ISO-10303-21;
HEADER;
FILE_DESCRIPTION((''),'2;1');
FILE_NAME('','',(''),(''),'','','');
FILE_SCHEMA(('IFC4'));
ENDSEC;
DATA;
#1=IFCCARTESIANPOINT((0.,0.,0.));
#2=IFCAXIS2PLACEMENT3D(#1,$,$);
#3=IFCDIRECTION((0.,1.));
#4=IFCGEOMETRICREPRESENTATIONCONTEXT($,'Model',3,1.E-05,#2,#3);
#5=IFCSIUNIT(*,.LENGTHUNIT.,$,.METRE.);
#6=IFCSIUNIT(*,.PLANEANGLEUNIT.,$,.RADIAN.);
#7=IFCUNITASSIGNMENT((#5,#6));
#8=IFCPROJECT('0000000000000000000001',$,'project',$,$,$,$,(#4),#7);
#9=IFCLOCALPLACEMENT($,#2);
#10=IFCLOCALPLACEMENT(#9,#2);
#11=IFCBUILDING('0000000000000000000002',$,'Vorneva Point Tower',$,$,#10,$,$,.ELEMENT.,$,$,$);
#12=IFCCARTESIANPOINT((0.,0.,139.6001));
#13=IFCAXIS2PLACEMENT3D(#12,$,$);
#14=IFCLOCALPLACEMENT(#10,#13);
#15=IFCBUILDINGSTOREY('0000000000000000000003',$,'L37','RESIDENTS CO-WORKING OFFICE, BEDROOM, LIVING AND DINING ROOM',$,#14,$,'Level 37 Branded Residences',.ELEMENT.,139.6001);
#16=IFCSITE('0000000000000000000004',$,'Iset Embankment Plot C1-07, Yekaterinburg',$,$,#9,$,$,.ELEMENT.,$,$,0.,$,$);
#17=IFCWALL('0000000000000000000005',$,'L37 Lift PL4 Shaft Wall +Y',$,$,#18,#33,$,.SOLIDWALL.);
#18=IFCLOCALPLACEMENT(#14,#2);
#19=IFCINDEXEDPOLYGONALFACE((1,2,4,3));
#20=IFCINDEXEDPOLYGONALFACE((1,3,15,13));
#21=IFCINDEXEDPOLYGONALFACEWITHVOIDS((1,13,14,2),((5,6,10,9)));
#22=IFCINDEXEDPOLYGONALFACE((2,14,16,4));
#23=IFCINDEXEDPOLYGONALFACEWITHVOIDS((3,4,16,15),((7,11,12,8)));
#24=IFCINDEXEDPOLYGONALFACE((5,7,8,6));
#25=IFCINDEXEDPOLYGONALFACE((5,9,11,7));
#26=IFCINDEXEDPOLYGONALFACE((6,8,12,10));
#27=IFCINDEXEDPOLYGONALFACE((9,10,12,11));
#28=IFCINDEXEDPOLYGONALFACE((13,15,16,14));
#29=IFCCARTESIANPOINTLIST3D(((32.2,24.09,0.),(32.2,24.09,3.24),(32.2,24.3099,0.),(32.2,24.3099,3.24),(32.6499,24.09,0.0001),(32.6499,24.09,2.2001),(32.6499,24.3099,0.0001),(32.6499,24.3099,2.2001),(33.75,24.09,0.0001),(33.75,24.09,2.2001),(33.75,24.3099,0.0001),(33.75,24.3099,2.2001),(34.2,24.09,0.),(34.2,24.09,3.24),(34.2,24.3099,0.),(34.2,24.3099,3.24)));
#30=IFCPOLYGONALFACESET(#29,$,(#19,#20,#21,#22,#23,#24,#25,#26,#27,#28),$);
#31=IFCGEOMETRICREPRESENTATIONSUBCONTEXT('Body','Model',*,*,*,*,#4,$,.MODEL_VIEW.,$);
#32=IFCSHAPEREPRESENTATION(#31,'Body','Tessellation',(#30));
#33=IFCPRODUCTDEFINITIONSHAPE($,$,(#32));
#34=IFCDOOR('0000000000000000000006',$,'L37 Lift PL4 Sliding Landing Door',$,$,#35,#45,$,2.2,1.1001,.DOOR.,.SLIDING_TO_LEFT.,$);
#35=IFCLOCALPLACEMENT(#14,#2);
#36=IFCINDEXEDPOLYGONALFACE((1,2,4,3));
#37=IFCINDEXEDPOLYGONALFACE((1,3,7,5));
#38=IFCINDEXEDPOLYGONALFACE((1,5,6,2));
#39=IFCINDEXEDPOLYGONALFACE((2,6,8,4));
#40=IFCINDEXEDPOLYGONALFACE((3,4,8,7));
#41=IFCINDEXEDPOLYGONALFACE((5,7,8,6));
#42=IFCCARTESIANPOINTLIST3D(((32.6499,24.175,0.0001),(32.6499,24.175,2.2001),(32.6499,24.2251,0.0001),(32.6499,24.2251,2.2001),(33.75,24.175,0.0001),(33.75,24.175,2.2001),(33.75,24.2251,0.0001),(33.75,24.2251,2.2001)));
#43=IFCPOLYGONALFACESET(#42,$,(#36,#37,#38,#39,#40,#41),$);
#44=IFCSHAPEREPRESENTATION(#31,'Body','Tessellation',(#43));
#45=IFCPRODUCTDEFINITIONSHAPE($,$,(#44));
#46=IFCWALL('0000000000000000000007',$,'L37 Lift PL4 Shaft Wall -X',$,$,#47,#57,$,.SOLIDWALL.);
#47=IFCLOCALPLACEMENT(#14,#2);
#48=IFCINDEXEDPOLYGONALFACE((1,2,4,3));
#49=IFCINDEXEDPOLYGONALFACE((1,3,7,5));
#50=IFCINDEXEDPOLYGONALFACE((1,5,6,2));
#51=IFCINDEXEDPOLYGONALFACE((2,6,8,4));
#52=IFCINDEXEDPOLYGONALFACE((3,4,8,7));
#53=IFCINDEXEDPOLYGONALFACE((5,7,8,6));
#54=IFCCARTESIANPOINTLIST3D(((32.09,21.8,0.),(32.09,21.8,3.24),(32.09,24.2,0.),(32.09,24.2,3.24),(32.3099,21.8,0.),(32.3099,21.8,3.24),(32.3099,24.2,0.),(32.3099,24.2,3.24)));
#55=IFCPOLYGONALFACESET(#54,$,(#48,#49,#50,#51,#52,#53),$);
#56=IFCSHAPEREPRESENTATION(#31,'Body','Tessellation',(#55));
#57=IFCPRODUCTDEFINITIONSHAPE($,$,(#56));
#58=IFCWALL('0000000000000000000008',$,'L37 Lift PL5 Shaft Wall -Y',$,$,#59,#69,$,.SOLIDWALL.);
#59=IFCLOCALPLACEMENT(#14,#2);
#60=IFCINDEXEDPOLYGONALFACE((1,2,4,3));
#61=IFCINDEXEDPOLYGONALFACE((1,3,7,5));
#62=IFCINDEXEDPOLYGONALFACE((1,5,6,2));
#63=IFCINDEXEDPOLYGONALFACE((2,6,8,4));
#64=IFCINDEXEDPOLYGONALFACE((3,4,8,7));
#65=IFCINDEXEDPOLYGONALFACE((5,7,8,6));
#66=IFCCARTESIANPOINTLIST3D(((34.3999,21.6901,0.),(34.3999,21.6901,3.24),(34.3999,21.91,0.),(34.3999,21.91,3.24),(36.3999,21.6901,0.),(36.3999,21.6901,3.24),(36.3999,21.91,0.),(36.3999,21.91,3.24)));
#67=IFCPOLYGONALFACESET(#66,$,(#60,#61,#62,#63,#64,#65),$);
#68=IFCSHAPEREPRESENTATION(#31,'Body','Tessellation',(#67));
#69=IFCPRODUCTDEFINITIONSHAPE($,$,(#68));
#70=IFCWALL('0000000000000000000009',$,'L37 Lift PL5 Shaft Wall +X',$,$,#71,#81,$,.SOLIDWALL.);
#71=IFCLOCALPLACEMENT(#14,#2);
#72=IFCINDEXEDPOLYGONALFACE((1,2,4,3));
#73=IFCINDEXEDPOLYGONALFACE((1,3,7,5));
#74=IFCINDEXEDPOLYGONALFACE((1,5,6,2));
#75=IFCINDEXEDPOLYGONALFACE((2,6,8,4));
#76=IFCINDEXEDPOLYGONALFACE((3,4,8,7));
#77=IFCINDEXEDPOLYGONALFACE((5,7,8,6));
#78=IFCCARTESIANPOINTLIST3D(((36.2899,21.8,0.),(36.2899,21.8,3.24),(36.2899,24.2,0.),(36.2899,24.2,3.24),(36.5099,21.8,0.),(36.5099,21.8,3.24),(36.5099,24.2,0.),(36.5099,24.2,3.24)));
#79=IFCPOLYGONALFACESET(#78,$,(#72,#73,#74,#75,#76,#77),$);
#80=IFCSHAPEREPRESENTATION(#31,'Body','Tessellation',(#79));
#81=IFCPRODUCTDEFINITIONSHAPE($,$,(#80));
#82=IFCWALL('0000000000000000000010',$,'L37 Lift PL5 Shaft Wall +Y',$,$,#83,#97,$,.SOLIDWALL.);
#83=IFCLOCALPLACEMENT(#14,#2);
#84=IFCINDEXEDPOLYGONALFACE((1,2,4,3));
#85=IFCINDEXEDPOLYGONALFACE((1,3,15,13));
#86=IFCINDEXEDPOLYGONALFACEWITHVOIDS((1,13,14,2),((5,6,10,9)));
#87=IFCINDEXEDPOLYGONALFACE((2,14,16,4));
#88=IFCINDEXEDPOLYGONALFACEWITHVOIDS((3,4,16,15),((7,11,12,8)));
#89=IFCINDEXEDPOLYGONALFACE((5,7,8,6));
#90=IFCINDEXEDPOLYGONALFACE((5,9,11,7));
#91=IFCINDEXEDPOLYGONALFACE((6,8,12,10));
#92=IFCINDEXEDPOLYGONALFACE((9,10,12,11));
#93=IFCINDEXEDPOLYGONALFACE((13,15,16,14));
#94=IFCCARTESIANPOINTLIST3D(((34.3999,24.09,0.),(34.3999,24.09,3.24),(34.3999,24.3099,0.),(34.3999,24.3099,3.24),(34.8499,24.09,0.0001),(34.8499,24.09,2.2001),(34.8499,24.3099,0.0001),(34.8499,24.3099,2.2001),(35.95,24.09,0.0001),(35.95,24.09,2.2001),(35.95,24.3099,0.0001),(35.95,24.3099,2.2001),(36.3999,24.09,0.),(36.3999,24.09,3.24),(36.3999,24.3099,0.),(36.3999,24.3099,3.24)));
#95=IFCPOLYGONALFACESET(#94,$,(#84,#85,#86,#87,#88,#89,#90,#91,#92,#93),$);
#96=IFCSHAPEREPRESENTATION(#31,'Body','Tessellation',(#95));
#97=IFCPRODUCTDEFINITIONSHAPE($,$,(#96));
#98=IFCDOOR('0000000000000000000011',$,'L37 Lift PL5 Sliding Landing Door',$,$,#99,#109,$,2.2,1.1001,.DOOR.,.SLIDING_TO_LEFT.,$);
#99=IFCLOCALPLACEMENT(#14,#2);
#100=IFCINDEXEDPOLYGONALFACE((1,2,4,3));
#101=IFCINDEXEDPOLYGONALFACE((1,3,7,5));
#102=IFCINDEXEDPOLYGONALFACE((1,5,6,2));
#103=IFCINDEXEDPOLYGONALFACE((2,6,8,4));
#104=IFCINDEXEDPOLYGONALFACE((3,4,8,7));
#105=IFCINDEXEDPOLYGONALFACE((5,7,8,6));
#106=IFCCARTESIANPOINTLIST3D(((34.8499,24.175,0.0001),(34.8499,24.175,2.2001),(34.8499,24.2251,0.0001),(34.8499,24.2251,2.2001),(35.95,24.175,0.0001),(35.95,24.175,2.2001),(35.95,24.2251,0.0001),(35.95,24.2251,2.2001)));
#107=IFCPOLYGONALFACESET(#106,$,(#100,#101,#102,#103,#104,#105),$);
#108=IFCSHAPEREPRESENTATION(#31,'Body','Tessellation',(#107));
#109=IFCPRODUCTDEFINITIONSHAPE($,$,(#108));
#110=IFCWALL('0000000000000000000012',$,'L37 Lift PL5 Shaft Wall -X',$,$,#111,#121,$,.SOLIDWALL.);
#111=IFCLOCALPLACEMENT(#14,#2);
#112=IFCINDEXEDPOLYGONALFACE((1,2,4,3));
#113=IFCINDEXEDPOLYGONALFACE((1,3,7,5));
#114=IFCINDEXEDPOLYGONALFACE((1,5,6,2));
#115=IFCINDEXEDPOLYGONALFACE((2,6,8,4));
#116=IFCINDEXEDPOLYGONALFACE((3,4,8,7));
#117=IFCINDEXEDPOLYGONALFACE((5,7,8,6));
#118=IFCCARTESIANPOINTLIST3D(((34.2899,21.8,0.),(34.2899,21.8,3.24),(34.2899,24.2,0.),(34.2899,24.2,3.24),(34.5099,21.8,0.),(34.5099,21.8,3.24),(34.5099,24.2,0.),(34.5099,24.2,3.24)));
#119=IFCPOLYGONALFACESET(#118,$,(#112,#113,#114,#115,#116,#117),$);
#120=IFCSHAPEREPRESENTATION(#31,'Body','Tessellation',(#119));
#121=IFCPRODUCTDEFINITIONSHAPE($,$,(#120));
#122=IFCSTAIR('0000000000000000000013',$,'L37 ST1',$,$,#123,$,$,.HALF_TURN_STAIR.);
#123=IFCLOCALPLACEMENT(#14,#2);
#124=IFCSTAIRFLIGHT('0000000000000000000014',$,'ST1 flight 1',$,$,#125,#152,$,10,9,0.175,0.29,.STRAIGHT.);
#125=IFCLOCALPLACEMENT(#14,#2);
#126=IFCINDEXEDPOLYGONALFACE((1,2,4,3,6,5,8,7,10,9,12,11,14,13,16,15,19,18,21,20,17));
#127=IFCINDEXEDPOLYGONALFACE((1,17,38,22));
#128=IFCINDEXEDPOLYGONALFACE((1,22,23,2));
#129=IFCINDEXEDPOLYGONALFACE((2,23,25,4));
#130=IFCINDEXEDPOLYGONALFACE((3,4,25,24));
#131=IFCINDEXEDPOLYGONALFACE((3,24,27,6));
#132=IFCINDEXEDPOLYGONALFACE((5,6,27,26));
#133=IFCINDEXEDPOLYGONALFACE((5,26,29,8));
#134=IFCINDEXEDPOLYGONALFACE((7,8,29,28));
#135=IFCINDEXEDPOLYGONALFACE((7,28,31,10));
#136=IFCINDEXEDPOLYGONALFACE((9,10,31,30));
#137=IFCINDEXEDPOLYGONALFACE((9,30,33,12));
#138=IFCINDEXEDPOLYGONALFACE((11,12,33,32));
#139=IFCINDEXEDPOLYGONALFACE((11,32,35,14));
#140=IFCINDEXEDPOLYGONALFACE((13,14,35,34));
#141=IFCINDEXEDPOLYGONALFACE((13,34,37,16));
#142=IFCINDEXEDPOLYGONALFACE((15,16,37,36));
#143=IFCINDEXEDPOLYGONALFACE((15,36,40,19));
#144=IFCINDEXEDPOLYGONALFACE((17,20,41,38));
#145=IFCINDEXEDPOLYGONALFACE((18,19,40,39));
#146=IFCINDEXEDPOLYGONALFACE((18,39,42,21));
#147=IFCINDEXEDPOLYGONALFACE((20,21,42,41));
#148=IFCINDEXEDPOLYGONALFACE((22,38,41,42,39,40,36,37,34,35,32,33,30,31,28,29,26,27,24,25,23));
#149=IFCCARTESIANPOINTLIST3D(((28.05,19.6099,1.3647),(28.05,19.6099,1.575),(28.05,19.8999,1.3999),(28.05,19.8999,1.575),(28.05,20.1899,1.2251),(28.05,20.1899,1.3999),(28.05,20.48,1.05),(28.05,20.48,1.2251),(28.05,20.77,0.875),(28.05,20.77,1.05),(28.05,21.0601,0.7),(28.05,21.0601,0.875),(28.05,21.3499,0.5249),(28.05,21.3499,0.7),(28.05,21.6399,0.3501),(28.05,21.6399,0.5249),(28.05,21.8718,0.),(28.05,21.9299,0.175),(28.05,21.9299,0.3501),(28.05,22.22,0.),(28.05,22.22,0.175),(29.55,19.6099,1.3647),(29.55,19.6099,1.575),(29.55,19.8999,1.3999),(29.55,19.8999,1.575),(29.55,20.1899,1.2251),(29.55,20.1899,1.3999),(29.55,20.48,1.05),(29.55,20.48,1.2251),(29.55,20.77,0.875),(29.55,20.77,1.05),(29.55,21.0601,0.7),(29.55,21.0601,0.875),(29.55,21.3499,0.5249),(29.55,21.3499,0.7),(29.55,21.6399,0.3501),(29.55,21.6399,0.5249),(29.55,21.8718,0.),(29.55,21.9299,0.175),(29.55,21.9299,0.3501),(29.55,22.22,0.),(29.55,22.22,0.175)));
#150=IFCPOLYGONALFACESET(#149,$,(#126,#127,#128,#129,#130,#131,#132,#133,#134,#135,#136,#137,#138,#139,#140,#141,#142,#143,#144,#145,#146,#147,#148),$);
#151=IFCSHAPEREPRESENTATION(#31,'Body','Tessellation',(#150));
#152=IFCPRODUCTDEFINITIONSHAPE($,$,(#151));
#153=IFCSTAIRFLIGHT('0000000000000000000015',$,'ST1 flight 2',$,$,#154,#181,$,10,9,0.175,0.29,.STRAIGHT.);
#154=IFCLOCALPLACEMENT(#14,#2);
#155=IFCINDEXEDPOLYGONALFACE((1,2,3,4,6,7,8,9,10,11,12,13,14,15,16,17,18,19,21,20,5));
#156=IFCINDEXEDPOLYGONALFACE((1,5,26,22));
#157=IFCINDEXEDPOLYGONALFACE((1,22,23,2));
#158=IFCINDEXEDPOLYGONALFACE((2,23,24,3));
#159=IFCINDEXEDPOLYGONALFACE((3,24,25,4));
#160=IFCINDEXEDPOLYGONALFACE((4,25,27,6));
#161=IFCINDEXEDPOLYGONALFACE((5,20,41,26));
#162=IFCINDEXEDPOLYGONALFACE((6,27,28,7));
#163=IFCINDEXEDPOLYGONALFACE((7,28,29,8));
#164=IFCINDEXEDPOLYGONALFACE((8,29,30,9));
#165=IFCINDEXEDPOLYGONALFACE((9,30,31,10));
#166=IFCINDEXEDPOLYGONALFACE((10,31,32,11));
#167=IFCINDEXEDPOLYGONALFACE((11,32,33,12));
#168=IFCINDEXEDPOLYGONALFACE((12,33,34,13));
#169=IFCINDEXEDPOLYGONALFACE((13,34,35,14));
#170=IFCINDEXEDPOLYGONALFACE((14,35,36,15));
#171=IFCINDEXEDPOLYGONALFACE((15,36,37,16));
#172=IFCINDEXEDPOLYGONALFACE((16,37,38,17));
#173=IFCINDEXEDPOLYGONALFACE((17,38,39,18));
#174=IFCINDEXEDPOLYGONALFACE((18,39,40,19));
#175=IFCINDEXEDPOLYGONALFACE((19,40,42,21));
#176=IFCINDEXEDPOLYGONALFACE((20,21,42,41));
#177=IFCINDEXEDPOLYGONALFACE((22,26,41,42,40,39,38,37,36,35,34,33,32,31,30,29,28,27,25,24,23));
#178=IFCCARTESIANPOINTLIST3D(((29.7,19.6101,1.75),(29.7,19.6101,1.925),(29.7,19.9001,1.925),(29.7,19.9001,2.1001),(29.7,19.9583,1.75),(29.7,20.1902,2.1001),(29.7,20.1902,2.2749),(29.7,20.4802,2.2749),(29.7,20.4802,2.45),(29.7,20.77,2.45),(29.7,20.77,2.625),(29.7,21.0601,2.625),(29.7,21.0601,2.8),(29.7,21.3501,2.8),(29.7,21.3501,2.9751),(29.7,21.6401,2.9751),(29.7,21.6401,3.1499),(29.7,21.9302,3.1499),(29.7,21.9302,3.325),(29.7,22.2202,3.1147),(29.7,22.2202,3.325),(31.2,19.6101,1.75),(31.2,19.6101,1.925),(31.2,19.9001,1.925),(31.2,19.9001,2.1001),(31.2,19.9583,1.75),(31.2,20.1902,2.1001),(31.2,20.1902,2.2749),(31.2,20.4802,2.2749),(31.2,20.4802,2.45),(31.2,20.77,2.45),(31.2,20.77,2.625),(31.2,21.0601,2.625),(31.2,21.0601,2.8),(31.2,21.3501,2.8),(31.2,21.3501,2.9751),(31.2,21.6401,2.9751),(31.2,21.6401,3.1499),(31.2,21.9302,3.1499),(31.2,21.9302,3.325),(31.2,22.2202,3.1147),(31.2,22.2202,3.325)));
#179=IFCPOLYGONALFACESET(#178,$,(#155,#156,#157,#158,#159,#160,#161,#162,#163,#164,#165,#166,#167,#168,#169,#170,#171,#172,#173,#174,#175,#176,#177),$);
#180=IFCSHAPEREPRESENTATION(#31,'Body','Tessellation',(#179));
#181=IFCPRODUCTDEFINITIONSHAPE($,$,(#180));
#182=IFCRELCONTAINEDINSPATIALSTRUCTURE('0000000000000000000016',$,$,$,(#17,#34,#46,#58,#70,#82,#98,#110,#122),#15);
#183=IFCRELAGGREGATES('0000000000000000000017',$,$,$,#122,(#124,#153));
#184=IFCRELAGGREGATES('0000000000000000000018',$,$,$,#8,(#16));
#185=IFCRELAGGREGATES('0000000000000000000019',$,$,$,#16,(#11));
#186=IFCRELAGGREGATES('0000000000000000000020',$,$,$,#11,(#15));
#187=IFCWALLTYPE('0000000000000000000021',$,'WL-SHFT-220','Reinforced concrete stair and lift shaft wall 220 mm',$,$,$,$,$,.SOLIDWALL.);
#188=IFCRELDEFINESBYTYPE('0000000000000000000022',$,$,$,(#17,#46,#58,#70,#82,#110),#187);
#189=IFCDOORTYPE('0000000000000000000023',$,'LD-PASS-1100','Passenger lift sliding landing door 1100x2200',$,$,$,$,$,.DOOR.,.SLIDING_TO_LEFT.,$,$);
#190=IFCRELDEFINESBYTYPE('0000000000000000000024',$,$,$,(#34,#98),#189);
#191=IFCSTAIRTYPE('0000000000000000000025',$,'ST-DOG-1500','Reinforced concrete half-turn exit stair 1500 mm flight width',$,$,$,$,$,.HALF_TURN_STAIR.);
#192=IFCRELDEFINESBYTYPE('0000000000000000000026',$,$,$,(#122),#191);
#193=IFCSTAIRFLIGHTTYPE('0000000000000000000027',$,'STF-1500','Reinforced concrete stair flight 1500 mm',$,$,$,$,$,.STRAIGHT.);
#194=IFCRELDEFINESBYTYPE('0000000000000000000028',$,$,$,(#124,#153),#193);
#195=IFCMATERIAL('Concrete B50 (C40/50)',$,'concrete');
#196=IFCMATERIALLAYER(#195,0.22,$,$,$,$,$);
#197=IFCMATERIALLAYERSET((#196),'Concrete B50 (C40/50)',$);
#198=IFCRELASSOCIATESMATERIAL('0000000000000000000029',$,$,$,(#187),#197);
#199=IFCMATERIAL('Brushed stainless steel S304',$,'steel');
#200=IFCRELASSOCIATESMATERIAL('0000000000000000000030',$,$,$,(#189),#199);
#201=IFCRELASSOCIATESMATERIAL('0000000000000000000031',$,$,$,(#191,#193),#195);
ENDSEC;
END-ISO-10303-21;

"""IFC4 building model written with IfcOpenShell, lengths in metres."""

from ifc_helpers import new_model, si_unit, direction, frame, frame_2d, origin, place, context, subcontext, project, spatial, polyline, rectangle, outline, extrude, material, layer, layer_set, type_object, element, fill, aggregate, save


model = new_model("IFC4")

# Units and contexts
model_context = context("Model", 3, precision=1e-05, world=origin(), true_north=direction((0.0, 1.0)))
body_context = subcontext(model_context, "Body", "Model", "MODEL_VIEW")
ifc_project = project(units=[si_unit("LENGTHUNIT", "METRE"), si_unit("PLANEANGLEUNIT", "RADIAN")], contexts=[model_context])

# Site, building, storey
site_placement = place(None, origin())
site = spatial("IfcSite", under=ifc_project, at=site_placement, Name="Iset Embankment Plot C1-07, Yekaterinburg", CompositionType="ELEMENT", RefElevation=0.0)
building_placement = place(site_placement, origin())
building = spatial("IfcBuilding", under=site, at=building_placement, Name="Vorneva Point Tower", CompositionType="ELEMENT")
storey_placement = place(building_placement, frame((0.0, 0.0, 139.6001)))
storey = spatial("IfcBuildingStorey", under=building, at=storey_placement, Name="L37", Description="RESIDENTS CO-WORKING OFFICE, BEDROOM, LIVING AND DINING ROOM", LongName="Level 37 Branded Residences", CompositionType="ELEMENT", Elevation=139.6001)

# Shared definitions
ifc_material_1 = material(Name="Concrete B50 (C40/50)", Category="concrete")
ifc_layer_1 = layer(ifc_material_1, 0.22)
ifc_layer_set_1 = layer_set([ifc_layer_1], Name="Concrete B50 (C40/50)")
wall_type_1 = type_object("IfcWallType", Name="WL-SHFT-220", Description="Reinforced concrete stair and lift shaft wall 220 mm", PredefinedType="SOLIDWALL", material=ifc_layer_set_1)

# Wall, opening, door
wall_1_placement = place(storey_placement, frame((34.2, 24.2, 0.0), z_axis=(0.0, 0.0, 1.0), x_axis=(-1.0, 0.0, 0.0)))
wall_1 = element("IfcWall", 1, at=wall_1_placement, inside=storey, type_object=wall_type_1, Name="L37 Lift PL4 Shaft Wall +Y", PredefinedType="SOLIDWALL", context=body_context, shape_type="SweptSolid", body=[
    extrude(rectangle(XDim=2.0, YDim=0.22, at=frame_2d((1.0, 0.0))), origin(), (0.0, 0.0, 1.0), 3.24),
])
opening_1_placement = place(wall_1_placement, frame((0.45, 0.0, 0.0)))
opening_1 = element("IfcOpeningElement", 2, at=opening_1_placement, cuts=wall_1, PredefinedType="OPENING", context=body_context, shape_type="SweptSolid", body=[
    extrude(rectangle(XDim=1.1001, YDim=2.2, at=frame_2d((0.55, 1.1001))), frame((0.0, 0.125, 0.0), z_axis=(0.0, -1.0, 0.0), x_axis=(1.0, 0.0, 0.0)), (0.0, 0.0, 1.0), 0.2498),
])
ifc_material_2 = material(Name="Brushed stainless steel S304", Category="steel")
door_type_1 = type_object("IfcDoorType", Name="LD-PASS-1100", Description="Passenger lift sliding landing door 1100x2200", OperationType="SLIDING_TO_LEFT", PredefinedType="DOOR", material=ifc_material_2)
door_1_placement = place(opening_1_placement, origin())
door_1 = element("IfcDoor", 3, at=door_1_placement, inside=storey, type_object=door_type_1, Name="L37 Lift PL4 Sliding Landing Door", OperationType="SLIDING_TO_LEFT", OverallHeight=2.2, OverallWidth=1.1001, PredefinedType="DOOR", context=body_context, shape_type="SweptSolid", body=[
    extrude(rectangle(XDim=1.1001, YDim=2.2, at=frame_2d((0.55, 1.1001))), frame((0.0, 0.0249, 0.0), z_axis=(0.0, -1.0, 0.0), x_axis=(1.0, 0.0, 0.0)), (0.0, 0.0, 1.0), 0.05),
])
fill(opening_1, door_1)

# Walls
wall_2_placement = place(storey_placement, frame((32.2, 24.2, 0.0), z_axis=(0.0, 0.0, 1.0), x_axis=(0.0, -1.0, 0.0)))
element("IfcWall", 4, at=wall_2_placement, inside=storey, type_object=wall_type_1, Name="L37 Lift PL4 Shaft Wall -X", PredefinedType="SOLIDWALL", context=body_context, shape_type="SweptSolid", body=[
    extrude(rectangle(XDim=2.3999, YDim=0.22, at=frame_2d((1.2, 0.0))), origin(), (0.0, 0.0, 1.0), 3.24),
])
wall_3_placement = place(storey_placement, frame((34.3999, 21.8, 0.0), z_axis=(0.0, 0.0, 1.0), x_axis=(1.0, 0.0, 0.0)))
element("IfcWall", 5, at=wall_3_placement, inside=storey, type_object=wall_type_1, Name="L37 Lift PL5 Shaft Wall -Y", PredefinedType="SOLIDWALL", context=body_context, shape_type="SweptSolid", body=[
    extrude(rectangle(XDim=2.0, YDim=0.22, at=frame_2d((1.0, 0.0))), origin(), (0.0, 0.0, 1.0), 3.24),
])
wall_4_placement = place(storey_placement, frame((36.3999, 21.8, 0.0), z_axis=(0.0, 0.0, 1.0), x_axis=(0.0, 1.0, 0.0)))
element("IfcWall", 6, at=wall_4_placement, inside=storey, type_object=wall_type_1, Name="L37 Lift PL5 Shaft Wall +X", PredefinedType="SOLIDWALL", context=body_context, shape_type="SweptSolid", body=[
    extrude(rectangle(XDim=2.3999, YDim=0.22, at=frame_2d((1.2, 0.0))), origin(), (0.0, 0.0, 1.0), 3.24),
])

# Wall, opening, door
wall_5_placement = place(storey_placement, frame((36.3999, 24.2, 0.0), z_axis=(0.0, 0.0, 1.0), x_axis=(-1.0, 0.0, 0.0)))
wall_5 = element("IfcWall", 7, at=wall_5_placement, inside=storey, type_object=wall_type_1, Name="L37 Lift PL5 Shaft Wall +Y", PredefinedType="SOLIDWALL", context=body_context, shape_type="SweptSolid", body=[
    extrude(rectangle(XDim=2.0, YDim=0.22, at=frame_2d((1.0, 0.0))), origin(), (0.0, 0.0, 1.0), 3.24),
])
opening_2_placement = place(wall_5_placement, frame((0.45, 0.0, 0.0)))
opening_2 = element("IfcOpeningElement", 8, at=opening_2_placement, cuts=wall_5, PredefinedType="OPENING", context=body_context, shape_type="SweptSolid", body=[
    extrude(rectangle(XDim=1.1001, YDim=2.2, at=frame_2d((0.55, 1.1001))), frame((0.0, 0.125, 0.0), z_axis=(0.0, -1.0, 0.0), x_axis=(1.0, 0.0, 0.0)), (0.0, 0.0, 1.0), 0.2498),
])
door_2_placement = place(opening_2_placement, origin())
door_2 = element("IfcDoor", 9, at=door_2_placement, inside=storey, type_object=door_type_1, Name="L37 Lift PL5 Sliding Landing Door", OperationType="SLIDING_TO_LEFT", OverallHeight=2.2, OverallWidth=1.1001, PredefinedType="DOOR", context=body_context, shape_type="SweptSolid", body=[
    extrude(rectangle(XDim=1.1001, YDim=2.2, at=frame_2d((0.55, 1.1001))), frame((0.0, 0.0249, 0.0), z_axis=(0.0, -1.0, 0.0), x_axis=(1.0, 0.0, 0.0)), (0.0, 0.0, 1.0), 0.05),
])
fill(opening_2, door_2)

# Wall
wall_6_placement = place(storey_placement, frame((34.3999, 24.2, 0.0), z_axis=(0.0, 0.0, 1.0), x_axis=(0.0, -1.0, 0.0)))
element("IfcWall", 10, at=wall_6_placement, inside=storey, type_object=wall_type_1, Name="L37 Lift PL5 Shaft Wall -X", PredefinedType="SOLIDWALL", context=body_context, shape_type="SweptSolid", body=[
    extrude(rectangle(XDim=2.3999, YDim=0.22, at=frame_2d((1.2, 0.0))), origin(), (0.0, 0.0, 1.0), 3.24),
])

# Stair, stair flights
stair_type = type_object("IfcStairType", Name="ST-DOG-1500", Description="Reinforced concrete half-turn exit stair 1500 mm flight width", PredefinedType="HALF_TURN_STAIR", material=ifc_material_1)
stair_placement = place(storey_placement, origin())
stair = element("IfcStair", 11, at=stair_placement, inside=storey, type_object=stair_type, Name="L37 ST1", PredefinedType="HALF_TURN_STAIR")
stair_flight_type = type_object("IfcStairFlightType", Name="STF-1500", Description="Reinforced concrete stair flight 1500 mm", PredefinedType="STRAIGHT", material=ifc_material_1)
stair_flight_1_placement = place(storey_placement, frame((28.8, 22.22, 0.0), z_axis=(0.0, 0.0, 1.0), x_axis=(0.0, -1.0, 0.0)))
stair_flight_1 = element("IfcStairFlight", 12, at=stair_flight_1_placement, type_object=stair_flight_type, Name="ST1 flight 1", NumberOfRisers=10, NumberOfTreads=9, PredefinedType="STRAIGHT", RiserHeight=0.175, TreadLength=0.29, context=body_context, shape_type="SweptSolid", body=[
    extrude(outline(polyline([(0.0, 0.0), (0.0, 0.175), (0.29, 0.175), (0.29, 0.3501), (0.5801, 0.3501), (0.5801, 0.5249), (0.8701, 0.5249), (0.8701, 0.7), (1.1599, 0.7), (1.1599, 0.875), (1.45, 0.875), (1.45, 1.05), (1.74, 1.05), (1.74, 1.2251), (2.03, 1.2251), (2.03, 1.3999), (2.3201, 1.3999), (2.3201, 1.575), (2.6101, 1.575), (2.6101, 1.75), (2.6101, 1.3647), (0.3481, 0.0), (0.0, 0.0)])), frame((0.0, 0.75, 0.0), z_axis=(0.0, -1.0, 0.0), x_axis=(1.0, 0.0, 0.0)), (0.0, 0.0, 1.0), 1.5),
])
stair_flight_2_placement = place(storey_placement, frame((30.45, 19.6101, 1.75), z_axis=(0.0, 0.0, 1.0), x_axis=(0.0, 1.0, 0.0)))
stair_flight_2 = element("IfcStairFlight", 13, at=stair_flight_2_placement, type_object=stair_flight_type, Name="ST1 flight 2", NumberOfRisers=10, NumberOfTreads=9, PredefinedType="STRAIGHT", RiserHeight=0.175, TreadLength=0.29, context=body_context, shape_type="SweptSolid", body=[
    extrude(outline(polyline([(0.0, 0.0), (0.0, 0.175), (0.29, 0.175), (0.29, 0.3501), (0.5801, 0.3501), (0.5801, 0.5249), (0.8701, 0.5249), (0.8701, 0.7), (1.1599, 0.7), (1.1599, 0.875), (1.45, 0.875), (1.45, 1.05), (1.74, 1.05), (1.74, 1.2251), (2.03, 1.2251), (2.03, 1.3999), (2.3201, 1.3999), (2.3201, 1.575), (2.6101, 1.575), (2.6101, 1.75), (2.6101, 1.3647), (0.3481, 0.0), (0.0, 0.0)])), frame((0.0, 0.75, 0.0), z_axis=(0.0, -1.0, 0.0), x_axis=(1.0, 0.0, 0.0)), (0.0, 0.0, 1.0), 1.5),
])
aggregate(stair, [stair_flight_1, stair_flight_2])

save(model, "model.ifc")
